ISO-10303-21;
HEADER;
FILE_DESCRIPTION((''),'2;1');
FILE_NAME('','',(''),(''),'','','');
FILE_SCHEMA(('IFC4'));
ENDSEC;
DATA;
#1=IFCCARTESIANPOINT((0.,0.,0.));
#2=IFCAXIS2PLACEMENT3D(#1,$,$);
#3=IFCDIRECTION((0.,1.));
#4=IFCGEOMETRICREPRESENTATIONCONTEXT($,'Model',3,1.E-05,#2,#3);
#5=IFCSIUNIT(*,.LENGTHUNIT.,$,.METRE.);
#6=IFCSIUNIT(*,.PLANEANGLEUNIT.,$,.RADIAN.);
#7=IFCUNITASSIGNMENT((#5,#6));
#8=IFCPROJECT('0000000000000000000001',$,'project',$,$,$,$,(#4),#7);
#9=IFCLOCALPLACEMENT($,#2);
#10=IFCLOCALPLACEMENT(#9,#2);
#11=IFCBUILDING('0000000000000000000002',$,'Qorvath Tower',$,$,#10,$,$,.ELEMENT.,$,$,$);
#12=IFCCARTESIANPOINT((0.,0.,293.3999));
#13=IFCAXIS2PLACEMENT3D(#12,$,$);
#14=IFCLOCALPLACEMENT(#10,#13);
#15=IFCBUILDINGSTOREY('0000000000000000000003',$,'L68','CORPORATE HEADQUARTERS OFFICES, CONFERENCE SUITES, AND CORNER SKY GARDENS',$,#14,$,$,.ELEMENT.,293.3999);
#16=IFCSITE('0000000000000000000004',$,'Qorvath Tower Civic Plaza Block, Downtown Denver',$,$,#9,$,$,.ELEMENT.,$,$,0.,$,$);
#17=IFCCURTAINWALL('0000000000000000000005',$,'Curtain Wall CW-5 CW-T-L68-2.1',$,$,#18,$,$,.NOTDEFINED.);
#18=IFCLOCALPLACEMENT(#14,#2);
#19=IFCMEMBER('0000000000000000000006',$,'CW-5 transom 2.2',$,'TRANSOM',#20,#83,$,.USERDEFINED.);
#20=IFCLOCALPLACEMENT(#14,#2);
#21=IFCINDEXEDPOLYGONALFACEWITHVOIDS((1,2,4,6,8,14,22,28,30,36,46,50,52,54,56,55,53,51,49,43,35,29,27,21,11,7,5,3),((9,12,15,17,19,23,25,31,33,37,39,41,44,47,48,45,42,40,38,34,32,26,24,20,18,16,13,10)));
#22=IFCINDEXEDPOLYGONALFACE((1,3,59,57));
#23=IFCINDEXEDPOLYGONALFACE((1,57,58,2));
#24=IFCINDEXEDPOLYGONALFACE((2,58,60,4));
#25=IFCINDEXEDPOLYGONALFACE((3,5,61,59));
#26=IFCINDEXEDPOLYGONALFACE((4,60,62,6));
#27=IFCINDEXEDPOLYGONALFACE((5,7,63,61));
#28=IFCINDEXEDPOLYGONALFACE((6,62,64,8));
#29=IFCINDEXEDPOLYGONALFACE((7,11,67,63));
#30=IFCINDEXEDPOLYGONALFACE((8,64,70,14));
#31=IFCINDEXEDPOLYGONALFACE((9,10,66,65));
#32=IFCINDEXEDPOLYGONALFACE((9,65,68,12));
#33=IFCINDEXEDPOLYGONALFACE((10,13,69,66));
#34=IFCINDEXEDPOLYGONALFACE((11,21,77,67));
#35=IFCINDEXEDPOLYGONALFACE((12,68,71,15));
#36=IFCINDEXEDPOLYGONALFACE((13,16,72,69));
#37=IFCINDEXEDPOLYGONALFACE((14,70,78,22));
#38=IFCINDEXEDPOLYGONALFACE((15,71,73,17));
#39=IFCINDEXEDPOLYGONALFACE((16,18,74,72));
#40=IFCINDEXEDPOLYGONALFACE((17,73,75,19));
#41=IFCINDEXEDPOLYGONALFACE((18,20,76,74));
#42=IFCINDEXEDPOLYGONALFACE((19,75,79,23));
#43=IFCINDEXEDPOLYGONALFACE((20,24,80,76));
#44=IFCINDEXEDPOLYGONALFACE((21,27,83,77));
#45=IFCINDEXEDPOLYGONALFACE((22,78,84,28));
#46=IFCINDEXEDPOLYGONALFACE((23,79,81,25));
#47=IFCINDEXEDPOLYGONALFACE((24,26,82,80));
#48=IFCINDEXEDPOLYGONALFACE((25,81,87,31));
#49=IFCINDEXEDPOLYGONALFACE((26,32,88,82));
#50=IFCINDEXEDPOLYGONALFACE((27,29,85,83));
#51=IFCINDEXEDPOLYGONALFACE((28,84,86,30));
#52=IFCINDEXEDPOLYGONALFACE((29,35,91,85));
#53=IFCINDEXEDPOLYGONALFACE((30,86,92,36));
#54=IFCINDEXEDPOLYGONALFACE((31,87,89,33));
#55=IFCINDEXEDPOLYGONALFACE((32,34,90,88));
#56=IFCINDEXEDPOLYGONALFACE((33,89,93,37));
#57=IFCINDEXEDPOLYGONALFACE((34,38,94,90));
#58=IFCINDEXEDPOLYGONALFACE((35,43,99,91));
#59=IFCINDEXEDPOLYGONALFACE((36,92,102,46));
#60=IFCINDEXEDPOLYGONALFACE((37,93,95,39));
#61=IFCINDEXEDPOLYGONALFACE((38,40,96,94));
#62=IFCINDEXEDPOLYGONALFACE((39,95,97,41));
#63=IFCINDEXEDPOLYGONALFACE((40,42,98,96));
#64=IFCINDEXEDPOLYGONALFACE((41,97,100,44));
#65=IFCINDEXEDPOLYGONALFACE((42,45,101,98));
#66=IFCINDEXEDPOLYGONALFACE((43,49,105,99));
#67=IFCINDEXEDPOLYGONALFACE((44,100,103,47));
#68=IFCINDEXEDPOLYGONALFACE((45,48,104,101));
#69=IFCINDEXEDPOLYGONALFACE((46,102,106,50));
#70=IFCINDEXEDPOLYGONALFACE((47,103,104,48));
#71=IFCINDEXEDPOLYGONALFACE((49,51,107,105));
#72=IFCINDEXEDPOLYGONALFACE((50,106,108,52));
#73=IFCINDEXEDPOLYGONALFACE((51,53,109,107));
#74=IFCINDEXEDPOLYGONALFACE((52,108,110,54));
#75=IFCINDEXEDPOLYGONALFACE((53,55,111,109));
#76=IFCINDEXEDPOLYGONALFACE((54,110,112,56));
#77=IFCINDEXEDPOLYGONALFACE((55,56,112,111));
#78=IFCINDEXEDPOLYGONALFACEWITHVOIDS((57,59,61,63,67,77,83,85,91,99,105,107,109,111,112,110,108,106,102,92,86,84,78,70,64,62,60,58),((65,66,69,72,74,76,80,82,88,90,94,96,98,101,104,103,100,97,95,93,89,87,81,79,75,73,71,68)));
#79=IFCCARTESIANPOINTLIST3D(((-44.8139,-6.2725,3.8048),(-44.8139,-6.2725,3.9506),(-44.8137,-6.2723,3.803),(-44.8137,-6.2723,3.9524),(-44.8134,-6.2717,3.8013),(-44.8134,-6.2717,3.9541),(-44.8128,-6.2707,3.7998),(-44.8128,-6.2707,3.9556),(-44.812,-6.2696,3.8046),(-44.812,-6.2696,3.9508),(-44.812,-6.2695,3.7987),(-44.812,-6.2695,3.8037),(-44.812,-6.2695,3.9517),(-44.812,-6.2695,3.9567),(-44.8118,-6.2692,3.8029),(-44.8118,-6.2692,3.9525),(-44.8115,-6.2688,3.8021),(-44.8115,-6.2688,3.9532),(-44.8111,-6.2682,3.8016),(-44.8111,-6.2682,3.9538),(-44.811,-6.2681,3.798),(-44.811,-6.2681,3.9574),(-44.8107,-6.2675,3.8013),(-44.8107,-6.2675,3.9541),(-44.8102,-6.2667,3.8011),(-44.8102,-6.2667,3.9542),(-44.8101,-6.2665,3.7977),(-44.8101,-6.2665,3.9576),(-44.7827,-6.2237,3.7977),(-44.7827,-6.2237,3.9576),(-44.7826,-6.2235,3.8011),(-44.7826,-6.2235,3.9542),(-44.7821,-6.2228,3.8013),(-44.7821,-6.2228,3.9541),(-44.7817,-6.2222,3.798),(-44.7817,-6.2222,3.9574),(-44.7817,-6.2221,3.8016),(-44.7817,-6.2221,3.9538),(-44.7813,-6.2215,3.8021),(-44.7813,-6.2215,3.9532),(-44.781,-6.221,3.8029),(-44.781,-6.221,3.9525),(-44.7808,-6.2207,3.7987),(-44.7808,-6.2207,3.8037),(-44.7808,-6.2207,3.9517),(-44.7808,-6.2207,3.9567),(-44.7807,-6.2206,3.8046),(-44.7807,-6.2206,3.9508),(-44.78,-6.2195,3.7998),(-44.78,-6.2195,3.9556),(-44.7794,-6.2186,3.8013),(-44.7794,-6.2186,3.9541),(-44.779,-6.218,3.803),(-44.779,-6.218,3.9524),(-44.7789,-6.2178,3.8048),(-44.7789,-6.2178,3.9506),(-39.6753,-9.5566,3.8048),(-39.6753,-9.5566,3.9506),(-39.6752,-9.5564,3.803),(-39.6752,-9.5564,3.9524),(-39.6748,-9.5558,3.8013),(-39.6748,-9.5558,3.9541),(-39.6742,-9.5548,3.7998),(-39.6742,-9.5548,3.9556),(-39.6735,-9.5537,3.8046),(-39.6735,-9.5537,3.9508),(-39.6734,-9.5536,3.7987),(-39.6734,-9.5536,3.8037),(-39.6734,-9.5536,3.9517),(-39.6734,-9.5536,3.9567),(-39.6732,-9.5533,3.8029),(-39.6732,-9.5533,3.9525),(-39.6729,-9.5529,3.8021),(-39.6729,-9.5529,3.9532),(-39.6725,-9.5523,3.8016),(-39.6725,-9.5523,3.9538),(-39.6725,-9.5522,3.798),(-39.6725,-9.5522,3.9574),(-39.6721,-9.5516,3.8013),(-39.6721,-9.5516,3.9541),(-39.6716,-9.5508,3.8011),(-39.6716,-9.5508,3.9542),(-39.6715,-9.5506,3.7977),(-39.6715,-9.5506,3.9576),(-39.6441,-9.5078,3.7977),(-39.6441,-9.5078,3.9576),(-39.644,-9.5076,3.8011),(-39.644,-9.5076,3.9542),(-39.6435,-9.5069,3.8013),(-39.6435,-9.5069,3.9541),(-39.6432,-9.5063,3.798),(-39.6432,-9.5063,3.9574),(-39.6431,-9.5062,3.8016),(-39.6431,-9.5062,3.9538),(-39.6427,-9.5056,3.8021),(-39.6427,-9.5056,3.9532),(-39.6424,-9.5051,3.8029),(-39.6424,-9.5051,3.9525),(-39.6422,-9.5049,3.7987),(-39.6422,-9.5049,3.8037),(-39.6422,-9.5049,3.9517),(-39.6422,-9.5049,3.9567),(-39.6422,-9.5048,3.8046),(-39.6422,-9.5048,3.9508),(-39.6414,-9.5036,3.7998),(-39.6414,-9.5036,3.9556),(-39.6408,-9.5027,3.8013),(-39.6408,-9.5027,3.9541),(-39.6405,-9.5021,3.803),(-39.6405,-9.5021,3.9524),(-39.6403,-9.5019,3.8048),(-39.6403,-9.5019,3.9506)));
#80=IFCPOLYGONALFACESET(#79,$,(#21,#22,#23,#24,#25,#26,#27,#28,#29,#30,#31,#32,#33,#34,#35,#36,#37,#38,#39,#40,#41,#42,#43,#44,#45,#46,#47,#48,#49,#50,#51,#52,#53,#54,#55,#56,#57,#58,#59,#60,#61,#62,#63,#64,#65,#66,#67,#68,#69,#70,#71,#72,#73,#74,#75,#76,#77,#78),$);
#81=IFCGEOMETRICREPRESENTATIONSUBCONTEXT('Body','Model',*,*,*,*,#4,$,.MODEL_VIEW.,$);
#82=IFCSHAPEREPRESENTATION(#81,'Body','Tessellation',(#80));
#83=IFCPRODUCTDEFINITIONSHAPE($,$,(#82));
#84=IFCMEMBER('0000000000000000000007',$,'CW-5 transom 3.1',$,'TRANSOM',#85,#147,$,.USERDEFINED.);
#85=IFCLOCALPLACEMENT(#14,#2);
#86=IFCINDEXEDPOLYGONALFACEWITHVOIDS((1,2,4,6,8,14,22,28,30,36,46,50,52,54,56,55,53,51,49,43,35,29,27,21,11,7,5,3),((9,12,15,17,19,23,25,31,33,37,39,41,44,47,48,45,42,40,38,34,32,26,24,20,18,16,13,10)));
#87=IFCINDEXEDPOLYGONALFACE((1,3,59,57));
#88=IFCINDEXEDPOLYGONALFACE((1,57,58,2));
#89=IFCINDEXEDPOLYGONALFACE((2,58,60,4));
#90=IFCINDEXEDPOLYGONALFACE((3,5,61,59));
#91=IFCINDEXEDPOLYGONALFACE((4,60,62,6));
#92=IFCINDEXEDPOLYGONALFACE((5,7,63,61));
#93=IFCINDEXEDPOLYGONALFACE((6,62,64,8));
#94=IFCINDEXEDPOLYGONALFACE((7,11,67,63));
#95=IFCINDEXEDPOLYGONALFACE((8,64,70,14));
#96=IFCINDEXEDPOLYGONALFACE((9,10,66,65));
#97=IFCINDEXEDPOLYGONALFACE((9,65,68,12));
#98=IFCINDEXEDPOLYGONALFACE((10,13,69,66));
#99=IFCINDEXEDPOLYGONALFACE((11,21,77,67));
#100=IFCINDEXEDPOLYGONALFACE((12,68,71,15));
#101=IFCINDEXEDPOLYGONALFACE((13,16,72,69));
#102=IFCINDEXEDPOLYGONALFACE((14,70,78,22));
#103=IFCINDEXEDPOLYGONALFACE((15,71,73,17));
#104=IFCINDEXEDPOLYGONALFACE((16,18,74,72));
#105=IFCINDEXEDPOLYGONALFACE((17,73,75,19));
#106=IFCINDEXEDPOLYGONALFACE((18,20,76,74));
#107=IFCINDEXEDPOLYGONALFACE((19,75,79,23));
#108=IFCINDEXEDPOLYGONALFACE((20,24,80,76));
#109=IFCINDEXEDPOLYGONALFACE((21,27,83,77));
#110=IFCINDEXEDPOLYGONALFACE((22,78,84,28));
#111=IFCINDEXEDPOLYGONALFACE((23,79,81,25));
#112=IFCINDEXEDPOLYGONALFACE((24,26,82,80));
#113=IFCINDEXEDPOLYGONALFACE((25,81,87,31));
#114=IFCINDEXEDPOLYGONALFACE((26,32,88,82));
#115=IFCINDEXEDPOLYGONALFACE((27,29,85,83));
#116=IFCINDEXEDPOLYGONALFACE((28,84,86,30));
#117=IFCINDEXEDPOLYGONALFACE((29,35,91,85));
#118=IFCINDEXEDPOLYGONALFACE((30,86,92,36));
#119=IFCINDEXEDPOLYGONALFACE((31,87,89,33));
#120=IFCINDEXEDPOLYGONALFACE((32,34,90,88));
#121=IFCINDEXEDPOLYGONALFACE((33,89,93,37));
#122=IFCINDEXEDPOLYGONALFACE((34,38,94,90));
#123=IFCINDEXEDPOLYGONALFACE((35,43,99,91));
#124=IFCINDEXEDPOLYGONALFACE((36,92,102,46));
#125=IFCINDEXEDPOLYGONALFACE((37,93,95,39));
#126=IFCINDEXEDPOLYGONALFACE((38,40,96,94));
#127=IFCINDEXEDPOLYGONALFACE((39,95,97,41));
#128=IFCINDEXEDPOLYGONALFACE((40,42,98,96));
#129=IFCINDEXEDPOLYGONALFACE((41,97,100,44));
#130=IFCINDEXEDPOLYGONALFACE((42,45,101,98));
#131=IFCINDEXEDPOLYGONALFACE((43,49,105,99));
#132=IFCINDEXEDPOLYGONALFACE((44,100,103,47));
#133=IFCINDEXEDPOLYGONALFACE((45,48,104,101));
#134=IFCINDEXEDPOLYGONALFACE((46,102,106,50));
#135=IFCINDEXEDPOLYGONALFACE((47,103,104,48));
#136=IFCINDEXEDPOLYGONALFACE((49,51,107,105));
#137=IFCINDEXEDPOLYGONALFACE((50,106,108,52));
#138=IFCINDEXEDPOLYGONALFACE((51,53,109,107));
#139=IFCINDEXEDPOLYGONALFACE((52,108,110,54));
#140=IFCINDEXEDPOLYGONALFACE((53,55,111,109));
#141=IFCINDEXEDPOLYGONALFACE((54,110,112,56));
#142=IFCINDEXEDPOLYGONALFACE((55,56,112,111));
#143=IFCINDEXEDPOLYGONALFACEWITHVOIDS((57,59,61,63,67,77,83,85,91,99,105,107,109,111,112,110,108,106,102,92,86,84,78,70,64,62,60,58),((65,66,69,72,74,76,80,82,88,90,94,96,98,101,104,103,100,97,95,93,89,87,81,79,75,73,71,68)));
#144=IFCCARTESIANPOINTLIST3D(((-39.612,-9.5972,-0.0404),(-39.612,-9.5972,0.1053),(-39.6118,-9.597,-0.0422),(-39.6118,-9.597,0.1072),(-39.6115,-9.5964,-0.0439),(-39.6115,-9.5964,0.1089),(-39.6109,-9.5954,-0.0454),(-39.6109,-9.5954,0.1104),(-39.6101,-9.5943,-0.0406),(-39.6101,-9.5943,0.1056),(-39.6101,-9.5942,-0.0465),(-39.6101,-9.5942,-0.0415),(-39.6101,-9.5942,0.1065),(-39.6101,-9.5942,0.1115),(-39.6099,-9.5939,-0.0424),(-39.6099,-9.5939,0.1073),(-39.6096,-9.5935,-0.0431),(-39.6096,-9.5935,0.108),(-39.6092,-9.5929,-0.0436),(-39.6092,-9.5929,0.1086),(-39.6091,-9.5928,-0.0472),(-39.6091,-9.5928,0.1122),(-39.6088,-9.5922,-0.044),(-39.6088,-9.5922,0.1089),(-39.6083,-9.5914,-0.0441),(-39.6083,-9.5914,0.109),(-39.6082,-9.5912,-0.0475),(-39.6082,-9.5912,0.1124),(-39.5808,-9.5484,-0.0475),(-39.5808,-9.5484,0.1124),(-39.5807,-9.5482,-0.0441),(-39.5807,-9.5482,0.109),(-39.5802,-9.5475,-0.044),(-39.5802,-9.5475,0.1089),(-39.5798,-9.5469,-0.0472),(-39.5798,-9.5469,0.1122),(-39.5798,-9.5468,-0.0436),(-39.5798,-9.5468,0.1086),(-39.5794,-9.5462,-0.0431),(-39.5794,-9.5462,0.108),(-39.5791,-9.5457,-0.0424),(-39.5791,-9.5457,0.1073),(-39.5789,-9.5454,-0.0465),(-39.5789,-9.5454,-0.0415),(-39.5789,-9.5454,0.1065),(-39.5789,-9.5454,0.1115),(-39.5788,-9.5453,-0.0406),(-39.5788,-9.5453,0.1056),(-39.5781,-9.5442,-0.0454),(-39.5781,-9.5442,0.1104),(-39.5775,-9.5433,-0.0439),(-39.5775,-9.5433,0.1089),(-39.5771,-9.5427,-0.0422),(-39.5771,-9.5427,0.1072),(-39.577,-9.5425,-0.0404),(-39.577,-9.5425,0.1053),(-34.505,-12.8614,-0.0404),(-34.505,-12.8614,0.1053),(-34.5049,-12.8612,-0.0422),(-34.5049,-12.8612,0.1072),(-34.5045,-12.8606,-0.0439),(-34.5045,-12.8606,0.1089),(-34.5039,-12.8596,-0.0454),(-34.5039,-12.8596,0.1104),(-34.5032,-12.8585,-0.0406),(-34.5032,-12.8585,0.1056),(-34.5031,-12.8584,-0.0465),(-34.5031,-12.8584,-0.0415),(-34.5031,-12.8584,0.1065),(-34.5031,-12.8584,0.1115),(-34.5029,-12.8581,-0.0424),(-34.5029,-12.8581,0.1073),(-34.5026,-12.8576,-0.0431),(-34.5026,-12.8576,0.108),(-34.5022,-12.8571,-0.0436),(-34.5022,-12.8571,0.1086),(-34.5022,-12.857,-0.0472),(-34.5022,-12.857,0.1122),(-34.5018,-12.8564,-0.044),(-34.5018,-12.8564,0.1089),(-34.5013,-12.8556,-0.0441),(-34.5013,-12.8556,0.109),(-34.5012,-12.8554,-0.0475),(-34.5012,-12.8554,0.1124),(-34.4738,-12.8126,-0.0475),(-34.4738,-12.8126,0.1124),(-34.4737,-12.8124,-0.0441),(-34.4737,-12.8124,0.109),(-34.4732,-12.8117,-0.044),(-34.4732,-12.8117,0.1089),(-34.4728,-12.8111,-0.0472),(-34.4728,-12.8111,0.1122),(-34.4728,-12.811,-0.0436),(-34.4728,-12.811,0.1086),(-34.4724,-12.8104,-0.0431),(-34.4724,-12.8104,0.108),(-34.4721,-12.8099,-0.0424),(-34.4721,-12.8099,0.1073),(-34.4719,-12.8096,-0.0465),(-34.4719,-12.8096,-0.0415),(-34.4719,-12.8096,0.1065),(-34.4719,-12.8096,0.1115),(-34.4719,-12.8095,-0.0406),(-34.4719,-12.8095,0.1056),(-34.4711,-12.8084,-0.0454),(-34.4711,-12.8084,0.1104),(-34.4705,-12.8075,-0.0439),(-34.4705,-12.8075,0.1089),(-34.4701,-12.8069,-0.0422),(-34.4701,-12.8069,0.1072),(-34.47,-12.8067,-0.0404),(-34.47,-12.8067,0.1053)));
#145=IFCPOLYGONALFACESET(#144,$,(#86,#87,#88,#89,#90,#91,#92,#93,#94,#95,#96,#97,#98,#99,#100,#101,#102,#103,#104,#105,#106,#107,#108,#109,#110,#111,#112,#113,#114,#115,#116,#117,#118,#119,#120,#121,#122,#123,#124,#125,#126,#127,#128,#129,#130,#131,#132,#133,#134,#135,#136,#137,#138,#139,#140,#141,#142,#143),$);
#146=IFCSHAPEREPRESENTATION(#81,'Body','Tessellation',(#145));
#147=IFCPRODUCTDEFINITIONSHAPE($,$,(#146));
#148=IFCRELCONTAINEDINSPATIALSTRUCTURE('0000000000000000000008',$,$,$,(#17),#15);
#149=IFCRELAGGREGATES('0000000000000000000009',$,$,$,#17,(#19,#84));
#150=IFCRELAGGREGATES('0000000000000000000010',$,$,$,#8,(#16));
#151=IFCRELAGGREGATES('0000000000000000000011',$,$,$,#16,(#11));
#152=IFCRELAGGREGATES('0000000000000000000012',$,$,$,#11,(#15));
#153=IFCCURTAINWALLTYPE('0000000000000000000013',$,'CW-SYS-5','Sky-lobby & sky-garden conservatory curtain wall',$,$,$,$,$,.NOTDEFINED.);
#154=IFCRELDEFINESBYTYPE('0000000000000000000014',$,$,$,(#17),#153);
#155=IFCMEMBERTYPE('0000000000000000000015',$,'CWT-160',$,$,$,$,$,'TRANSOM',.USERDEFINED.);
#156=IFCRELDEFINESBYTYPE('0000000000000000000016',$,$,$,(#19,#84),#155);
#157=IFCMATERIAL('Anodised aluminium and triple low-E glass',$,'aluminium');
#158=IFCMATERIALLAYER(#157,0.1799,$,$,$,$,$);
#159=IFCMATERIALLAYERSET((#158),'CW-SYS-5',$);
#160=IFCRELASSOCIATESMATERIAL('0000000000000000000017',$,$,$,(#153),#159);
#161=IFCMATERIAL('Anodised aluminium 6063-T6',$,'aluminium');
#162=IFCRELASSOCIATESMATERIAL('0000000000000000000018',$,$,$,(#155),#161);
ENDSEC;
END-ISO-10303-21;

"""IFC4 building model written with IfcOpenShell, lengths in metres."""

from ifc_helpers import new_model, si_unit, direction, frame, origin, origin_2d, place, context, subcontext, project, spatial, hollow_rectangle, extrude, material, layer, layer_set, material_profile, profile_set, type_object, element, aggregate, save


model = new_model("IFC4")

# Units and contexts
model_context = context("Model", 3, precision=1e-05, world=origin(), true_north=direction((0.0, 1.0)))
body_context = subcontext(model_context, "Body", "Model", "MODEL_VIEW")
ifc_project = project(units=[si_unit("LENGTHUNIT", "METRE"), si_unit("PLANEANGLEUNIT", "RADIAN")], contexts=[model_context])

# Site, building, storey
site_placement = place(None, origin())
site = spatial("IfcSite", under=ifc_project, at=site_placement, Name="Qorvath Tower Civic Plaza Block, Downtown Denver", CompositionType="ELEMENT", RefElevation=0.0)
building_placement = place(site_placement, origin())
building = spatial("IfcBuilding", under=site, at=building_placement, Name="Qorvath Tower", CompositionType="ELEMENT")
storey_placement = place(building_placement, frame((0.0, 0.0, 293.3999)))
storey = spatial("IfcBuildingStorey", under=building, at=storey_placement, Name="L68", Description="CORPORATE HEADQUARTERS OFFICES, CONFERENCE SUITES, AND CORNER SKY GARDENS", CompositionType="ELEMENT", Elevation=293.3999)

# Curtain wall, members
ifc_material_1 = material(Name="Anodised aluminium and triple low-E glass", Category="aluminium")
ifc_layer_1 = layer(ifc_material_1, 0.1799)
ifc_layer_set_1 = layer_set([ifc_layer_1], Name="CW-SYS-5")
curtain_wall_type = type_object("IfcCurtainWallType", Name="CW-SYS-5", Description="Sky-lobby & sky-garden conservatory curtain wall", PredefinedType="NOTDEFINED", material=ifc_layer_set_1)
curtain_wall_placement = place(storey_placement, origin())
curtain_wall = element("IfcCurtainWall", 1, at=curtain_wall_placement, inside=storey, type_object=curtain_wall_type, Name="Curtain Wall CW-5 CW-T-L68-2.1", PredefinedType="NOTDEFINED")
ifc_material_2 = material(Name="Anodised aluminium 6063-T6", Category="aluminium")
ifc_material_profile_1 = material_profile(ifc_material_2, hollow_rectangle(XDim=0.0649, YDim=0.1599, WallThickness=0.0034, InnerFilletRadius=0.0034, OuterFilletRadius=0.0071, at=origin_2d()), Name="CWT 160x65")
ifc_profile_set_1 = profile_set([ifc_material_profile_1], Name="Anodised aluminium 6063-T6")
member_type_1 = type_object("IfcMemberType", Name="CWT-160", ElementType="TRANSOM", PredefinedType="USERDEFINED", material=ifc_profile_set_1)
member_1_placement = place(storey_placement, frame((-44.7964, -6.2451, 3.8777), z_axis=(0.842611, -0.538522, 0.0), x_axis=(0.538522, 0.842611, 0.0)))
member_1 = element("IfcMember", 2, at=member_1_placement, type_object=member_type_1, Name="CW-5 transom 2.2", ObjectType="TRANSOM", PredefinedType="USERDEFINED", context=body_context, shape_type="SweptSolid", body=[
    extrude(hollow_rectangle(XDim=0.0649, YDim=0.1599, WallThickness=0.0034, InnerFilletRadius=0.0034, OuterFilletRadius=0.0071, at=origin_2d()), origin(), (0.0, 0.0, 1.0), 6.0984),
])
member_2_placement = place(storey_placement, frame((-39.5945, -9.5698, 0.0325), z_axis=(0.842592, -0.538553, 0.0), x_axis=(0.538553, 0.842592, 0.0)))
member_2 = element("IfcMember", 3, at=member_2_placement, type_object=member_type_1, Name="CW-5 transom 3.1", ObjectType="TRANSOM", PredefinedType="USERDEFINED", context=body_context, shape_type="SweptSolid", body=[
    extrude(hollow_rectangle(XDim=0.0649, YDim=0.1599, WallThickness=0.0034, InnerFilletRadius=0.0034, OuterFilletRadius=0.0071, at=origin_2d()), origin(), (0.0, 0.0, 1.0), 6.061),
])
aggregate(curtain_wall, [member_1, member_2])

save(model, "model.ifc")
